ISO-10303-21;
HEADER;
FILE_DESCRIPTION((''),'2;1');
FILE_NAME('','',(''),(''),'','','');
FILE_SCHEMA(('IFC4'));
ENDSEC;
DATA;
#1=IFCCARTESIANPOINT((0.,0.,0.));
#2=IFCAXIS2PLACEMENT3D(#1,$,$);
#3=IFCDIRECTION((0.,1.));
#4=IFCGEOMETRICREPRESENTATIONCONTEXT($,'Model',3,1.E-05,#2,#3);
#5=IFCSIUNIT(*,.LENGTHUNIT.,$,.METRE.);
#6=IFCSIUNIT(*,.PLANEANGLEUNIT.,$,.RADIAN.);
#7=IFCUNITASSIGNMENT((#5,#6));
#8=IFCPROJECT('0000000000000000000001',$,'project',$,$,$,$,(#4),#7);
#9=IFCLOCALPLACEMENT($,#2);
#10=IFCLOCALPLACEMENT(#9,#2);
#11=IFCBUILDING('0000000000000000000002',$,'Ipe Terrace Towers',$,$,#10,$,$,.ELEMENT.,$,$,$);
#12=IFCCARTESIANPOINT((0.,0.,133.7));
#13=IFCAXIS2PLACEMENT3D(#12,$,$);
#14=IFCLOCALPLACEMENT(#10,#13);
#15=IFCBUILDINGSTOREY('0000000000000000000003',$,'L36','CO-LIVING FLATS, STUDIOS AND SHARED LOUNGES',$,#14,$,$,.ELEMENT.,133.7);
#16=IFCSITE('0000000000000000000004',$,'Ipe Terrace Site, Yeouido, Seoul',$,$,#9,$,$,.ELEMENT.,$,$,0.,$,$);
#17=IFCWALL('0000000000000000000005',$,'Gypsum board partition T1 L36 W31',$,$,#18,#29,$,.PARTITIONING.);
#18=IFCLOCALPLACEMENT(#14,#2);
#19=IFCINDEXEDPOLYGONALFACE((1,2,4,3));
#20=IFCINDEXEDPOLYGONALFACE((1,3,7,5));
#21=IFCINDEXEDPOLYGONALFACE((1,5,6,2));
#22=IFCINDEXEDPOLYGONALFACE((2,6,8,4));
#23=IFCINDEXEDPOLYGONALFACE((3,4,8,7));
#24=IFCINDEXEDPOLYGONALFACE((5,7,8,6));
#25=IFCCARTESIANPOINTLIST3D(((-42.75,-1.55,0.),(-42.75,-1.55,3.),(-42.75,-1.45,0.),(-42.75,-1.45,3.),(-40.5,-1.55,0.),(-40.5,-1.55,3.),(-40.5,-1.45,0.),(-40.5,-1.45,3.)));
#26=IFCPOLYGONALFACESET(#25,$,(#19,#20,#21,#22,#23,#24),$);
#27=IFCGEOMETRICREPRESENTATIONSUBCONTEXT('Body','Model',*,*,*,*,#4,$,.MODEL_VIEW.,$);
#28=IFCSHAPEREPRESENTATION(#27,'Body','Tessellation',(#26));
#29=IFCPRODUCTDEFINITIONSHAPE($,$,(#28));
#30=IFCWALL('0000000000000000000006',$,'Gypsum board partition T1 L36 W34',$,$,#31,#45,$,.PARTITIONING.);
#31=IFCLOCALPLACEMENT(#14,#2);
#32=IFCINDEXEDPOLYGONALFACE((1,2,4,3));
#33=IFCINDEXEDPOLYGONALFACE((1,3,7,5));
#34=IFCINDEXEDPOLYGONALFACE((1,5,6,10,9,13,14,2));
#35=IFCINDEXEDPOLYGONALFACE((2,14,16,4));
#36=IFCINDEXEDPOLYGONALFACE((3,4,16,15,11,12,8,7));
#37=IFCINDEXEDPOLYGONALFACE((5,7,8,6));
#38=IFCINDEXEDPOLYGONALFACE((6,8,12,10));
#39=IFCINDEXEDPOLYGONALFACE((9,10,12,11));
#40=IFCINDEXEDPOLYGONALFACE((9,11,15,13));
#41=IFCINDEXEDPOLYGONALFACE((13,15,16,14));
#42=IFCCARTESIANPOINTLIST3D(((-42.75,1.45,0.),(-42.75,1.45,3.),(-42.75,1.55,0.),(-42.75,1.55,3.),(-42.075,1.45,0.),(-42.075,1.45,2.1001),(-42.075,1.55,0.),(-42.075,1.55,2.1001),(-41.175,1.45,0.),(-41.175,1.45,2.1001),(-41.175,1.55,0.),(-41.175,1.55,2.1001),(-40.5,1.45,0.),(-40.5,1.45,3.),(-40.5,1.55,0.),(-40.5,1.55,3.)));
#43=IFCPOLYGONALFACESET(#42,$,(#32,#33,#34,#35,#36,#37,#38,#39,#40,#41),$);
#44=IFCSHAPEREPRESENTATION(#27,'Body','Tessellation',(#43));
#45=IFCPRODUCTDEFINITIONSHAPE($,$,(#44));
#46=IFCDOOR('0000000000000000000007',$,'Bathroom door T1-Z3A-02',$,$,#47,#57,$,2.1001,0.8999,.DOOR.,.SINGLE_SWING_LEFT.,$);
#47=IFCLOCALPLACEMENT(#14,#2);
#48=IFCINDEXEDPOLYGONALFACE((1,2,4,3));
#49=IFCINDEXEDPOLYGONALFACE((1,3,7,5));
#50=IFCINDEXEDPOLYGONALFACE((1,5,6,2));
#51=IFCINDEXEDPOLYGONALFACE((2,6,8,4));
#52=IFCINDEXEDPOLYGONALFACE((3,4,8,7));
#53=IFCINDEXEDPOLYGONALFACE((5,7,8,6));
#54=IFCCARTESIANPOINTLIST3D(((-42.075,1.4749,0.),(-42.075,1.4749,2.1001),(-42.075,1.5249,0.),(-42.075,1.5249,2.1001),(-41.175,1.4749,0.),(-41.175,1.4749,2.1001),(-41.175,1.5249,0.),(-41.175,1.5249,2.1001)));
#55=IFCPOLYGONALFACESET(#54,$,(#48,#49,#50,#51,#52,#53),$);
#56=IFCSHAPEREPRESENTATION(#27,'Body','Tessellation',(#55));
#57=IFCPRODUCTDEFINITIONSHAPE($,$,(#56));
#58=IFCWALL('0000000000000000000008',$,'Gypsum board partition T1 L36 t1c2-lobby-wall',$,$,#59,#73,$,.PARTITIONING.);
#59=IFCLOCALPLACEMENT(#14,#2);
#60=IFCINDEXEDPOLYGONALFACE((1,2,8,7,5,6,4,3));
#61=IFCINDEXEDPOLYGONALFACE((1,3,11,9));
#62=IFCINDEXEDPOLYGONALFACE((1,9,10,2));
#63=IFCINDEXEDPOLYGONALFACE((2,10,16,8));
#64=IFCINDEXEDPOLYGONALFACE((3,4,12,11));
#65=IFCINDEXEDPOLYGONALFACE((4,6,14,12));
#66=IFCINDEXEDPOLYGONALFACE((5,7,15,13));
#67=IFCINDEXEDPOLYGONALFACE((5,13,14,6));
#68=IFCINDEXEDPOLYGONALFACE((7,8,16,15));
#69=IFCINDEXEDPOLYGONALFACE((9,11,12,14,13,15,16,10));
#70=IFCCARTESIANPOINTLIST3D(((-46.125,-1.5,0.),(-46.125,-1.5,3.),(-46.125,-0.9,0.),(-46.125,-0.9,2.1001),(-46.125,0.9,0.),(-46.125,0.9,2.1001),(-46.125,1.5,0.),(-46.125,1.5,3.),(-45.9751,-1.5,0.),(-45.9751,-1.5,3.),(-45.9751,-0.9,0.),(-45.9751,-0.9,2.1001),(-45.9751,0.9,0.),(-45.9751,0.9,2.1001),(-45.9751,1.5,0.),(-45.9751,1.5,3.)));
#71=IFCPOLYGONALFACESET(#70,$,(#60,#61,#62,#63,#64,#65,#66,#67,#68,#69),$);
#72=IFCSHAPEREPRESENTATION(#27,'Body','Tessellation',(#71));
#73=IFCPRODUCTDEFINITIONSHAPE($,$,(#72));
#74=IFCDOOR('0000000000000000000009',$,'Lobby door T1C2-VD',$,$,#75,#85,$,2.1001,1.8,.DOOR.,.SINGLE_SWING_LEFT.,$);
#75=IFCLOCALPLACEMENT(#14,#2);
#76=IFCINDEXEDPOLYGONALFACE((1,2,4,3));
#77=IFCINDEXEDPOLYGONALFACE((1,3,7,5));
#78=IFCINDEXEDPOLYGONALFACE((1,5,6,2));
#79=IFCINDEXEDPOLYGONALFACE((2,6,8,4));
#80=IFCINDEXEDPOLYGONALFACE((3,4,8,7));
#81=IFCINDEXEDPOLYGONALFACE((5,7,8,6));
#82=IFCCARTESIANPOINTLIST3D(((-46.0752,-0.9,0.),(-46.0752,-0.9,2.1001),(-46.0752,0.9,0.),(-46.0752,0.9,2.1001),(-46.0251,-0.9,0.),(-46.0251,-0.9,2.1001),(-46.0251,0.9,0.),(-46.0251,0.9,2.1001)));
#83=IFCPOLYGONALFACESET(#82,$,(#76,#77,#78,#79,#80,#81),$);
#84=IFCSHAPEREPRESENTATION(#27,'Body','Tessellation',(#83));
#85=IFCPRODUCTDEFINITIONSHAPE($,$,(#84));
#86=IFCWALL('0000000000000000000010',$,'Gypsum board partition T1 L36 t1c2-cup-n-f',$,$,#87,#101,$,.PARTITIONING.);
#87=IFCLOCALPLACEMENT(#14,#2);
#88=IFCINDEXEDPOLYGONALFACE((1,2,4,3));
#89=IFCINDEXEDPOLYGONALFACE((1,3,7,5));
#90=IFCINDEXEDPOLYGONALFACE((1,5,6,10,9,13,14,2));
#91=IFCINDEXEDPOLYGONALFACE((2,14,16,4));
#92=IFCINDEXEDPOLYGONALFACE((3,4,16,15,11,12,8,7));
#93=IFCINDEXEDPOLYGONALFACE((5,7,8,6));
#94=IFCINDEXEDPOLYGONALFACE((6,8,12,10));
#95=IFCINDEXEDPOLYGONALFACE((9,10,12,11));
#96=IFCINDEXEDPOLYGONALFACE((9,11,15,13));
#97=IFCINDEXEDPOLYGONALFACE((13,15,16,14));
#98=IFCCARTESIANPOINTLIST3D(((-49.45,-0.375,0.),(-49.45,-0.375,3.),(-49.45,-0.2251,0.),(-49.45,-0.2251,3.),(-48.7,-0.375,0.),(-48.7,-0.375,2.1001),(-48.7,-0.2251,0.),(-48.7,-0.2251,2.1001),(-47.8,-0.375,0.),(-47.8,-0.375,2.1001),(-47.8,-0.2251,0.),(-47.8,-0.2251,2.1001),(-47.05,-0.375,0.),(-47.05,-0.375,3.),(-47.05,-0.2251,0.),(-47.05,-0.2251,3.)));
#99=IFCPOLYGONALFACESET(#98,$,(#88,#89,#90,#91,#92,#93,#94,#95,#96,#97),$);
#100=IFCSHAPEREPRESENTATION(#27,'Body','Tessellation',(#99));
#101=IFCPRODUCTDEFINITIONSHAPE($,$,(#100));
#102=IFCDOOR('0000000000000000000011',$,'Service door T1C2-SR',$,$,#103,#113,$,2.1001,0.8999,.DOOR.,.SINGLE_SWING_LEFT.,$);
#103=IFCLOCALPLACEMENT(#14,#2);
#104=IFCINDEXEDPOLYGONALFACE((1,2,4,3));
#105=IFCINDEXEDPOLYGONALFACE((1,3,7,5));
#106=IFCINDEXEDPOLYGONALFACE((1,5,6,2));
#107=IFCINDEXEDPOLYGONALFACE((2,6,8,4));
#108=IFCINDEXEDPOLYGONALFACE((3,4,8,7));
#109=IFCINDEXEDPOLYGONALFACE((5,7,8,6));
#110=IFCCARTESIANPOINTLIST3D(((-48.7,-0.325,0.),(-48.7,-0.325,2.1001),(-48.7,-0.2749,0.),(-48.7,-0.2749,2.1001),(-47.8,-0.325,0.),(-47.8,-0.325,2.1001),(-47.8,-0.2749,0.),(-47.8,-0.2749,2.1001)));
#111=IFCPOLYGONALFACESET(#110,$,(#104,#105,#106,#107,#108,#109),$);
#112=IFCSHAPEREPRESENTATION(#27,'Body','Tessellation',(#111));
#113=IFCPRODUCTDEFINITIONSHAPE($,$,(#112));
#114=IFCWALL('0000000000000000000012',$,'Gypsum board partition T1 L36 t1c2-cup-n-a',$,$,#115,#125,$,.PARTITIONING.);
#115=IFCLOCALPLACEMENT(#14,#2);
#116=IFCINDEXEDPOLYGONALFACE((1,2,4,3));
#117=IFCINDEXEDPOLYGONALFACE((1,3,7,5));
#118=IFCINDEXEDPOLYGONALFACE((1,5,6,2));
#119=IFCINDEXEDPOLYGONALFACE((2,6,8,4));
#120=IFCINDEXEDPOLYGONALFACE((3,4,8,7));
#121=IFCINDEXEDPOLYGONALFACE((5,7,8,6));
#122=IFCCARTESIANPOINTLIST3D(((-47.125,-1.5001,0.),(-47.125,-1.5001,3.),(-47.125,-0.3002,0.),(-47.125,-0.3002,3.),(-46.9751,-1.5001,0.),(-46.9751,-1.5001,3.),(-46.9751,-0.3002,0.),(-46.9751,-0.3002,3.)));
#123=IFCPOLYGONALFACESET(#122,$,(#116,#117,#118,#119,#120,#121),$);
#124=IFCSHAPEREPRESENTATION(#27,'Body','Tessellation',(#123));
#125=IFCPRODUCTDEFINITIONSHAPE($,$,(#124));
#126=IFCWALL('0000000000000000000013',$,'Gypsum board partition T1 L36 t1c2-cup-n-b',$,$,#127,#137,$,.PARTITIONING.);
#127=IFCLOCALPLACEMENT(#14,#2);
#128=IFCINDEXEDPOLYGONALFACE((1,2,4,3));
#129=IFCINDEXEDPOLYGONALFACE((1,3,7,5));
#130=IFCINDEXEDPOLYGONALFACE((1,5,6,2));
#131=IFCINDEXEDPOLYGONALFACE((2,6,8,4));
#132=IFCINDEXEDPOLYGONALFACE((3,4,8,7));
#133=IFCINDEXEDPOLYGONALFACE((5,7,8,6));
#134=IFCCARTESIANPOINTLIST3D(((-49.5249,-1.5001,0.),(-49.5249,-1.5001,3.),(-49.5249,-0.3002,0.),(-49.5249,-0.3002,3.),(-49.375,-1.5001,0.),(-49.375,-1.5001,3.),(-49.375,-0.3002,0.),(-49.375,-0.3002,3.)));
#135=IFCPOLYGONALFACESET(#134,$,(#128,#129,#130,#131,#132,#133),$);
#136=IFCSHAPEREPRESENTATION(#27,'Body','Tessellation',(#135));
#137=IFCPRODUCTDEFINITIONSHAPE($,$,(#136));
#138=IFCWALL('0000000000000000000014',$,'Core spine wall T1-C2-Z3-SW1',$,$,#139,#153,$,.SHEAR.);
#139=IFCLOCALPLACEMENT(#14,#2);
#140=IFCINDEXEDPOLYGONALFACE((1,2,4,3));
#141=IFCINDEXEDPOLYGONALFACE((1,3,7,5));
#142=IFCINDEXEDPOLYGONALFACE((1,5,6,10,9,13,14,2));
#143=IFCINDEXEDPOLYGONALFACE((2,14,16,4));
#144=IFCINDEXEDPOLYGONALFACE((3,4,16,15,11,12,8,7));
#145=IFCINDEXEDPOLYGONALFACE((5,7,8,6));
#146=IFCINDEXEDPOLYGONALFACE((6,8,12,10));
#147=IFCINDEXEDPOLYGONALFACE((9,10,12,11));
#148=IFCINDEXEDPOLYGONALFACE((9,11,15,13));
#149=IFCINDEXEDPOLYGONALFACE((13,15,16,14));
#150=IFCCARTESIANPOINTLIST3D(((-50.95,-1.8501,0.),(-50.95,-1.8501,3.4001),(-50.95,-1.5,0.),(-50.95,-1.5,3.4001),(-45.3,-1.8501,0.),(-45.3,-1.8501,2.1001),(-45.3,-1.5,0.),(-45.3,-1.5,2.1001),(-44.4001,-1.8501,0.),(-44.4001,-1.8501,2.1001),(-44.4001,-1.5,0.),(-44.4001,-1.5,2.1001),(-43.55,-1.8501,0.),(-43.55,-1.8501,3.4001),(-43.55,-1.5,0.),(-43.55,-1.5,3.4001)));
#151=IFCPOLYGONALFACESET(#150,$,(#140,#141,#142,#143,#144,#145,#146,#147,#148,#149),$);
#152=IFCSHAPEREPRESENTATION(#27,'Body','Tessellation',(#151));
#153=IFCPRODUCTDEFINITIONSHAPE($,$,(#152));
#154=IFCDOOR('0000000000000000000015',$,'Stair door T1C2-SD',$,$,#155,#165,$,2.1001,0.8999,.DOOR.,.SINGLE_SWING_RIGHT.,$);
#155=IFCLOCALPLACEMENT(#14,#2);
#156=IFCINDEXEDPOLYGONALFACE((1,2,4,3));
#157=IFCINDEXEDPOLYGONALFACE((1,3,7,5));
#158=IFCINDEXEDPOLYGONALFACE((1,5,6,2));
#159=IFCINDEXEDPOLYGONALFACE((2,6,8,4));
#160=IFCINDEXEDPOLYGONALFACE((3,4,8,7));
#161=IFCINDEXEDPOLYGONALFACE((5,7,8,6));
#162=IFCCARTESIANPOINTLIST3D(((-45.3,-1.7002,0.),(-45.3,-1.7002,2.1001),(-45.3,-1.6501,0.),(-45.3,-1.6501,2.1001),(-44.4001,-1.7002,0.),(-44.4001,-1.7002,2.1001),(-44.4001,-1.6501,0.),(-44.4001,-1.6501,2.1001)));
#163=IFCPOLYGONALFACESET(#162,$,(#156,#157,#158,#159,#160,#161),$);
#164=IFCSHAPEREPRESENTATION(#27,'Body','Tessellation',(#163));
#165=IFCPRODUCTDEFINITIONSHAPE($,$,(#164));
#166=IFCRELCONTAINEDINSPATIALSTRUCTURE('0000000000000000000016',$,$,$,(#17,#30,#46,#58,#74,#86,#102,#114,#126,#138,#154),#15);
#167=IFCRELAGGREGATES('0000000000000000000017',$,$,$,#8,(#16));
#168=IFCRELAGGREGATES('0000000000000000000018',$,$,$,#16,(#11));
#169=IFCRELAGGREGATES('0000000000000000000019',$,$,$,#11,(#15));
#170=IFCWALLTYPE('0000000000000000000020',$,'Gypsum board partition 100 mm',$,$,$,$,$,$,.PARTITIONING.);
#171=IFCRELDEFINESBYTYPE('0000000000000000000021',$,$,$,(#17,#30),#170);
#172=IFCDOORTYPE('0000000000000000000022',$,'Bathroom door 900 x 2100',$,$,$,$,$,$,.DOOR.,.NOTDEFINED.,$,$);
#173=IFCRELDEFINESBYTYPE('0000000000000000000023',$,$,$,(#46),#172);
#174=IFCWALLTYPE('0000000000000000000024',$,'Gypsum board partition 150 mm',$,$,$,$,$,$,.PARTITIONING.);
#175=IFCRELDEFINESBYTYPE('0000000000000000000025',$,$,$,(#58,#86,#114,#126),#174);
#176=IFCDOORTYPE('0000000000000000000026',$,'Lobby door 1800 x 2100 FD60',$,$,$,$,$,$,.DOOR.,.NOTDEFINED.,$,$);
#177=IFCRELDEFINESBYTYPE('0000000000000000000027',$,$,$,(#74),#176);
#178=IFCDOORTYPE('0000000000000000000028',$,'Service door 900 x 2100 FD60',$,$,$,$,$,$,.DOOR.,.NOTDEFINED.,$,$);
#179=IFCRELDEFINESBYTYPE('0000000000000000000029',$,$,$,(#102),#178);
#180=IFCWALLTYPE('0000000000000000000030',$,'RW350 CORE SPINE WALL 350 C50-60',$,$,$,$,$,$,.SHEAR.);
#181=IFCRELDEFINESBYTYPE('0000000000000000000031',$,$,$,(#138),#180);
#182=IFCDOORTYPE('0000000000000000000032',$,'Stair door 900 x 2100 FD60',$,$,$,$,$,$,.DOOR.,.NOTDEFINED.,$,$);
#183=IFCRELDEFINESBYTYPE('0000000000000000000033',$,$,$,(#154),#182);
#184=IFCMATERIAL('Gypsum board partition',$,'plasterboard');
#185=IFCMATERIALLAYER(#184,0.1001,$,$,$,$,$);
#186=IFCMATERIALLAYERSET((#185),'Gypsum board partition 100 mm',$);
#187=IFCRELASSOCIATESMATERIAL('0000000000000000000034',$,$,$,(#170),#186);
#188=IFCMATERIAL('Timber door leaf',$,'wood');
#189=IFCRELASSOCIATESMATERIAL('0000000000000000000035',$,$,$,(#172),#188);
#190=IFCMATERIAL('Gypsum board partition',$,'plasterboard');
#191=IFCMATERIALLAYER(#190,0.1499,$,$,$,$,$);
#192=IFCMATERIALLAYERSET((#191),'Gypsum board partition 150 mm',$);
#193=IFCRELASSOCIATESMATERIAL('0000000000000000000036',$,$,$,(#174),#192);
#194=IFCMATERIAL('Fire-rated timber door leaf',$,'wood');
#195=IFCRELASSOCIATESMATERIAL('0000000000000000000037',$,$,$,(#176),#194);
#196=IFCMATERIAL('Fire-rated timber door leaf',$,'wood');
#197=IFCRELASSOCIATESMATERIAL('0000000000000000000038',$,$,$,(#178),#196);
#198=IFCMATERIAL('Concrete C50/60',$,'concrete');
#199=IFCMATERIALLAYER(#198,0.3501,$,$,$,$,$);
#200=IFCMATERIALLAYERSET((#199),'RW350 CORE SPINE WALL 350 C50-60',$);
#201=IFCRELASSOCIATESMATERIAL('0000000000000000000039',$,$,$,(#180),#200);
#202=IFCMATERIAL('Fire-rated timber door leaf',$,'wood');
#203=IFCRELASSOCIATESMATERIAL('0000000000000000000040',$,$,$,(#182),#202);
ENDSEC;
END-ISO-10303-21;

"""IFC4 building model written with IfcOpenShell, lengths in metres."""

from ifc_helpers import new_model, si_unit, direction, frame, frame_2d, origin, place, context, subcontext, project, spatial, rectangle, extrude, material, layer, layer_set, type_object, element, fill, save


model = new_model("IFC4")

# Units and contexts
model_context = context("Model", 3, precision=1e-05, world=origin(), true_north=direction((0.0, 1.0)))
body_context = subcontext(model_context, "Body", "Model", "MODEL_VIEW")
ifc_project = project(units=[si_unit("LENGTHUNIT", "METRE"), si_unit("PLANEANGLEUNIT", "RADIAN")], contexts=[model_context])

# Site, building, storey
site_placement = place(None, origin())
site = spatial("IfcSite", under=ifc_project, at=site_placement, Name="Ipe Terrace Site, Yeouido, Seoul", CompositionType="ELEMENT", RefElevation=0.0)
building_placement = place(site_placement, origin())
building = spatial("IfcBuilding", under=site, at=building_placement, Name="Ipe Terrace Towers", CompositionType="ELEMENT")
storey_placement = place(building_placement, frame((0.0, 0.0, 133.7)))
storey = spatial("IfcBuildingStorey", under=building, at=storey_placement, Name="L36", Description="CO-LIVING FLATS, STUDIOS AND SHARED LOUNGES", CompositionType="ELEMENT", Elevation=133.7)

# Wall
ifc_material_1 = material(Name="Gypsum board partition", Category="plasterboard")
ifc_layer_1 = layer(ifc_material_1, 0.1001)
ifc_layer_set_1 = layer_set([ifc_layer_1], Name="Gypsum board partition 100 mm")
wall_type_1 = type_object("IfcWallType", Name="Gypsum board partition 100 mm", PredefinedType="PARTITIONING", material=ifc_layer_set_1)
wall_1_placement = place(storey_placement, frame((-42.75, -1.5, 0.0), z_axis=(0.0, 0.0, 1.0), x_axis=(1.0, 0.0, 0.0)))
element("IfcWall", 1, at=wall_1_placement, inside=storey, type_object=wall_type_1, Name="Gypsum board partition T1 L36 W31", PredefinedType="PARTITIONING", context=body_context, shape_type="SweptSolid", body=[
    extrude(rectangle(XDim=2.25, YDim=0.1001, at=frame_2d((1.125, 0.0))), origin(), (0.0, 0.0, 1.0), 3.0),
])

# Walls, openings, doors
wall_2_placement = place(storey_placement, frame((-42.75, 1.5, 0.0), z_axis=(0.0, 0.0, 1.0), x_axis=(1.0, 0.0, 0.0)))
wall_2 = element("IfcWall", 2, at=wall_2_placement, inside=storey, type_object=wall_type_1, Name="Gypsum board partition T1 L36 W34", PredefinedType="PARTITIONING", context=body_context, shape_type="SweptSolid", body=[
    extrude(rectangle(XDim=2.25, YDim=0.1001, at=frame_2d((1.125, 0.0))), origin(), (0.0, 0.0, 1.0), 3.0),
])
opening_1_placement = place(wall_2_placement, frame((0.675, 0.0, 0.0)))
opening_1 = element("IfcOpeningElement", 3, at=opening_1_placement, cuts=wall_2, PredefinedType="OPENING", context=body_context, shape_type="SweptSolid", body=[
    extrude(rectangle(XDim=0.8999, YDim=2.1001, at=frame_2d((0.45, 1.05))), frame((0.0, 0.0601, 0.0), z_axis=(0.0, -1.0, 0.0), x_axis=(1.0, 0.0, 0.0)), (0.0, 0.0, 1.0), 0.1201),
])
ifc_material_2 = material(Name="Timber door leaf", Category="wood")
door_type_1 = type_object("IfcDoorType", Name="Bathroom door 900 x 2100", OperationType="NOTDEFINED", PredefinedType="DOOR", material=ifc_material_2)
door_1_placement = place(opening_1_placement, origin())
door_1 = element("IfcDoor", 4, at=door_1_placement, inside=storey, type_object=door_type_1, Name="Bathroom door T1-Z3A-02", OperationType="SINGLE_SWING_LEFT", OverallHeight=2.1001, OverallWidth=0.8999, PredefinedType="DOOR", context=body_context, shape_type="SweptSolid", body=[
    extrude(rectangle(XDim=0.8999, YDim=2.1001, at=frame_2d((0.45, 1.05))), frame((0.0, 0.0249, 0.0), z_axis=(0.0, -1.0, 0.0), x_axis=(1.0, 0.0, 0.0)), (0.0, 0.0, 1.0), 0.05),
])
fill(opening_1, door_1)
ifc_material_3 = material(Name="Gypsum board partition", Category="plasterboard")
ifc_layer_2 = layer(ifc_material_3, 0.1499)
ifc_layer_set_2 = layer_set([ifc_layer_2], Name="Gypsum board partition 150 mm")
wall_type_2 = type_object("IfcWallType", Name="Gypsum board partition 150 mm", PredefinedType="PARTITIONING", material=ifc_layer_set_2)
wall_3_placement = place(storey_placement, frame((-46.05, 1.5, 0.0), z_axis=(0.0, 0.0, 1.0), x_axis=(0.0, -1.0, 0.0)))
wall_3 = element("IfcWall", 5, at=wall_3_placement, inside=storey, type_object=wall_type_2, Name="Gypsum board partition T1 L36 t1c2-lobby-wall", PredefinedType="PARTITIONING", context=body_context, shape_type="SweptSolid", body=[
    extrude(rectangle(XDim=3.0, YDim=0.1499, at=frame_2d((1.5, 0.0))), origin(), (0.0, 0.0, 1.0), 3.0),
])
opening_2_placement = place(wall_3_placement, frame((0.6001, 0.0, 0.0)))
opening_2 = element("IfcOpeningElement", 6, at=opening_2_placement, cuts=wall_3, PredefinedType="OPENING", context=body_context, shape_type="SweptSolid", body=[
    extrude(rectangle(XDim=1.8, YDim=2.1001, at=frame_2d((0.8999, 1.05))), frame((0.0, 0.085, 0.0), z_axis=(0.0, -1.0, 0.0), x_axis=(1.0, 0.0, 0.0)), (0.0, 0.0, 1.0), 0.1699),
])
ifc_material_4 = material(Name="Fire-rated timber door leaf", Category="wood")
door_type_2 = type_object("IfcDoorType", Name="Lobby door 1800 x 2100 FD60", OperationType="NOTDEFINED", PredefinedType="DOOR", material=ifc_material_4)
door_2_placement = place(opening_2_placement, origin())
door_2 = element("IfcDoor", 7, at=door_2_placement, inside=storey, type_object=door_type_2, Name="Lobby door T1C2-VD", OperationType="SINGLE_SWING_LEFT", OverallHeight=2.1001, OverallWidth=1.8, PredefinedType="DOOR", context=body_context, shape_type="SweptSolid", body=[
    extrude(rectangle(XDim=1.8, YDim=2.1001, at=frame_2d((0.8999, 1.05))), frame((0.0, 0.0249, 0.0), z_axis=(0.0, -1.0, 0.0), x_axis=(1.0, 0.0, 0.0)), (0.0, 0.0, 1.0), 0.05),
])
fill(opening_2, door_2)
wall_4_placement = place(storey_placement, frame((-47.05, -0.3, 0.0), z_axis=(0.0, 0.0, 1.0), x_axis=(-1.0, 0.0, 0.0)))
wall_4 = element("IfcWall", 8, at=wall_4_placement, inside=storey, type_object=wall_type_2, Name="Gypsum board partition T1 L36 t1c2-cup-n-f", PredefinedType="PARTITIONING", context=body_context, shape_type="SweptSolid", body=[
    extrude(rectangle(XDim=2.3999, YDim=0.1499, at=frame_2d((1.2, 0.0))), origin(), (0.0, 0.0, 1.0), 3.0),
])
opening_3_placement = place(wall_4_placement, frame((0.75, 0.0, 0.0)))
opening_3 = element("IfcOpeningElement", 9, at=opening_3_placement, cuts=wall_4, PredefinedType="OPENING", context=body_context, shape_type="SweptSolid", body=[
    extrude(rectangle(XDim=0.8999, YDim=2.1001, at=frame_2d((0.45, 1.05))), frame((0.0, 0.085, 0.0), z_axis=(0.0, -1.0, 0.0), x_axis=(1.0, 0.0, 0.0)), (0.0, 0.0, 1.0), 0.1699),
])
ifc_material_5 = material(Name="Fire-rated timber door leaf", Category="wood")
door_type_3 = type_object("IfcDoorType", Name="Service door 900 x 2100 FD60", OperationType="NOTDEFINED", PredefinedType="DOOR", material=ifc_material_5)
door_3_placement = place(opening_3_placement, origin())
door_3 = element("IfcDoor", 10, at=door_3_placement, inside=storey, type_object=door_type_3, Name="Service door T1C2-SR", OperationType="SINGLE_SWING_LEFT", OverallHeight=2.1001, OverallWidth=0.8999, PredefinedType="DOOR", context=body_context, shape_type="SweptSolid", body=[
    extrude(rectangle(XDim=0.8999, YDim=2.1001, at=frame_2d((0.45, 1.05))), frame((0.0, 0.0249, 0.0), z_axis=(0.0, -1.0, 0.0), x_axis=(1.0, 0.0, 0.0)), (0.0, 0.0, 1.0), 0.05),
])
fill(opening_3, door_3)

# Walls
for number, where, z_axis, x_axis, name in (
    (11, (-47.05, -0.3, 0.0), (0.0, 0.0, 1.0), (0.0, -1.0, 0.0), "Gypsum board partition T1 L36 t1c2-cup-n-a"),
    (12, (-49.45, -0.3, 0.0), (0.0, 0.0, 1.0), (0.0, -1.0, 0.0), "Gypsum board partition T1 L36 t1c2-cup-n-b"),
):
    element("IfcWall", number, at=place(storey_placement, frame(where, z_axis=z_axis, x_axis=x_axis)), inside=storey, type_object=wall_type_2, Name=name, PredefinedType="PARTITIONING", context=body_context, shape_type="SweptSolid", body=[
        extrude(rectangle(XDim=1.2, YDim=0.1499, at=frame_2d((0.6001, 0.0))), origin(), (0.0, 0.0, 1.0), 3.0),
    ])

# Wall, opening, door
ifc_material_6 = material(Name="Concrete C50/60", Category="concrete")
ifc_layer_3 = layer(ifc_material_6, 0.3501)
ifc_layer_set_3 = layer_set([ifc_layer_3], Name="RW350 CORE SPINE WALL 350 C50-60")
wall_type_3 = type_object("IfcWallType", Name="RW350 CORE SPINE WALL 350 C50-60", PredefinedType="SHEAR", material=ifc_layer_set_3)
wall_5_placement = place(storey_placement, frame((-50.95, -1.675, 0.0), z_axis=(0.0, 0.0, 1.0), x_axis=(1.0, 0.0, 0.0)))
wall_5 = element("IfcWall", 13, at=wall_5_placement, inside=storey, type_object=wall_type_3, Name="Core spine wall T1-C2-Z3-SW1", PredefinedType="SHEAR", context=body_context, shape_type="SweptSolid", body=[
    extrude(rectangle(XDim=7.3999, YDim=0.3501, at=frame_2d((3.7, 0.0))), origin(), (0.0, 0.0, 1.0), 3.4001),
])
opening_4_placement = place(wall_5_placement, frame((5.6499, 0.0, 0.0)))
opening_4 = element("IfcOpeningElement", 14, at=opening_4_placement, cuts=wall_5, PredefinedType="OPENING", context=body_context, shape_type="SweptSolid", body=[
    extrude(rectangle(XDim=0.8999, YDim=2.1001, at=frame_2d((0.45, 1.05))), frame((0.0, 0.1851, 0.0), z_axis=(0.0, -1.0, 0.0), x_axis=(1.0, 0.0, 0.0)), (0.0, 0.0, 1.0), 0.3701),
])
ifc_material_7 = material(Name="Fire-rated timber door leaf", Category="wood")
door_type_4 = type_object("IfcDoorType", Name="Stair door 900 x 2100 FD60", OperationType="NOTDEFINED", PredefinedType="DOOR", material=ifc_material_7)
door_4_placement = place(opening_4_placement, origin())
door_4 = element("IfcDoor", 15, at=door_4_placement, inside=storey, type_object=door_type_4, Name="Stair door T1C2-SD", OperationType="SINGLE_SWING_RIGHT", OverallHeight=2.1001, OverallWidth=0.8999, PredefinedType="DOOR", context=body_context, shape_type="SweptSolid", body=[
    extrude(rectangle(XDim=0.8999, YDim=2.1001, at=frame_2d((0.45, 1.05))), frame((0.0, 0.0249, 0.0), z_axis=(0.0, -1.0, 0.0), x_axis=(1.0, 0.0, 0.0)), (0.0, 0.0, 1.0), 0.05),
])
fill(opening_4, door_4)

save(model, "model.ifc")
